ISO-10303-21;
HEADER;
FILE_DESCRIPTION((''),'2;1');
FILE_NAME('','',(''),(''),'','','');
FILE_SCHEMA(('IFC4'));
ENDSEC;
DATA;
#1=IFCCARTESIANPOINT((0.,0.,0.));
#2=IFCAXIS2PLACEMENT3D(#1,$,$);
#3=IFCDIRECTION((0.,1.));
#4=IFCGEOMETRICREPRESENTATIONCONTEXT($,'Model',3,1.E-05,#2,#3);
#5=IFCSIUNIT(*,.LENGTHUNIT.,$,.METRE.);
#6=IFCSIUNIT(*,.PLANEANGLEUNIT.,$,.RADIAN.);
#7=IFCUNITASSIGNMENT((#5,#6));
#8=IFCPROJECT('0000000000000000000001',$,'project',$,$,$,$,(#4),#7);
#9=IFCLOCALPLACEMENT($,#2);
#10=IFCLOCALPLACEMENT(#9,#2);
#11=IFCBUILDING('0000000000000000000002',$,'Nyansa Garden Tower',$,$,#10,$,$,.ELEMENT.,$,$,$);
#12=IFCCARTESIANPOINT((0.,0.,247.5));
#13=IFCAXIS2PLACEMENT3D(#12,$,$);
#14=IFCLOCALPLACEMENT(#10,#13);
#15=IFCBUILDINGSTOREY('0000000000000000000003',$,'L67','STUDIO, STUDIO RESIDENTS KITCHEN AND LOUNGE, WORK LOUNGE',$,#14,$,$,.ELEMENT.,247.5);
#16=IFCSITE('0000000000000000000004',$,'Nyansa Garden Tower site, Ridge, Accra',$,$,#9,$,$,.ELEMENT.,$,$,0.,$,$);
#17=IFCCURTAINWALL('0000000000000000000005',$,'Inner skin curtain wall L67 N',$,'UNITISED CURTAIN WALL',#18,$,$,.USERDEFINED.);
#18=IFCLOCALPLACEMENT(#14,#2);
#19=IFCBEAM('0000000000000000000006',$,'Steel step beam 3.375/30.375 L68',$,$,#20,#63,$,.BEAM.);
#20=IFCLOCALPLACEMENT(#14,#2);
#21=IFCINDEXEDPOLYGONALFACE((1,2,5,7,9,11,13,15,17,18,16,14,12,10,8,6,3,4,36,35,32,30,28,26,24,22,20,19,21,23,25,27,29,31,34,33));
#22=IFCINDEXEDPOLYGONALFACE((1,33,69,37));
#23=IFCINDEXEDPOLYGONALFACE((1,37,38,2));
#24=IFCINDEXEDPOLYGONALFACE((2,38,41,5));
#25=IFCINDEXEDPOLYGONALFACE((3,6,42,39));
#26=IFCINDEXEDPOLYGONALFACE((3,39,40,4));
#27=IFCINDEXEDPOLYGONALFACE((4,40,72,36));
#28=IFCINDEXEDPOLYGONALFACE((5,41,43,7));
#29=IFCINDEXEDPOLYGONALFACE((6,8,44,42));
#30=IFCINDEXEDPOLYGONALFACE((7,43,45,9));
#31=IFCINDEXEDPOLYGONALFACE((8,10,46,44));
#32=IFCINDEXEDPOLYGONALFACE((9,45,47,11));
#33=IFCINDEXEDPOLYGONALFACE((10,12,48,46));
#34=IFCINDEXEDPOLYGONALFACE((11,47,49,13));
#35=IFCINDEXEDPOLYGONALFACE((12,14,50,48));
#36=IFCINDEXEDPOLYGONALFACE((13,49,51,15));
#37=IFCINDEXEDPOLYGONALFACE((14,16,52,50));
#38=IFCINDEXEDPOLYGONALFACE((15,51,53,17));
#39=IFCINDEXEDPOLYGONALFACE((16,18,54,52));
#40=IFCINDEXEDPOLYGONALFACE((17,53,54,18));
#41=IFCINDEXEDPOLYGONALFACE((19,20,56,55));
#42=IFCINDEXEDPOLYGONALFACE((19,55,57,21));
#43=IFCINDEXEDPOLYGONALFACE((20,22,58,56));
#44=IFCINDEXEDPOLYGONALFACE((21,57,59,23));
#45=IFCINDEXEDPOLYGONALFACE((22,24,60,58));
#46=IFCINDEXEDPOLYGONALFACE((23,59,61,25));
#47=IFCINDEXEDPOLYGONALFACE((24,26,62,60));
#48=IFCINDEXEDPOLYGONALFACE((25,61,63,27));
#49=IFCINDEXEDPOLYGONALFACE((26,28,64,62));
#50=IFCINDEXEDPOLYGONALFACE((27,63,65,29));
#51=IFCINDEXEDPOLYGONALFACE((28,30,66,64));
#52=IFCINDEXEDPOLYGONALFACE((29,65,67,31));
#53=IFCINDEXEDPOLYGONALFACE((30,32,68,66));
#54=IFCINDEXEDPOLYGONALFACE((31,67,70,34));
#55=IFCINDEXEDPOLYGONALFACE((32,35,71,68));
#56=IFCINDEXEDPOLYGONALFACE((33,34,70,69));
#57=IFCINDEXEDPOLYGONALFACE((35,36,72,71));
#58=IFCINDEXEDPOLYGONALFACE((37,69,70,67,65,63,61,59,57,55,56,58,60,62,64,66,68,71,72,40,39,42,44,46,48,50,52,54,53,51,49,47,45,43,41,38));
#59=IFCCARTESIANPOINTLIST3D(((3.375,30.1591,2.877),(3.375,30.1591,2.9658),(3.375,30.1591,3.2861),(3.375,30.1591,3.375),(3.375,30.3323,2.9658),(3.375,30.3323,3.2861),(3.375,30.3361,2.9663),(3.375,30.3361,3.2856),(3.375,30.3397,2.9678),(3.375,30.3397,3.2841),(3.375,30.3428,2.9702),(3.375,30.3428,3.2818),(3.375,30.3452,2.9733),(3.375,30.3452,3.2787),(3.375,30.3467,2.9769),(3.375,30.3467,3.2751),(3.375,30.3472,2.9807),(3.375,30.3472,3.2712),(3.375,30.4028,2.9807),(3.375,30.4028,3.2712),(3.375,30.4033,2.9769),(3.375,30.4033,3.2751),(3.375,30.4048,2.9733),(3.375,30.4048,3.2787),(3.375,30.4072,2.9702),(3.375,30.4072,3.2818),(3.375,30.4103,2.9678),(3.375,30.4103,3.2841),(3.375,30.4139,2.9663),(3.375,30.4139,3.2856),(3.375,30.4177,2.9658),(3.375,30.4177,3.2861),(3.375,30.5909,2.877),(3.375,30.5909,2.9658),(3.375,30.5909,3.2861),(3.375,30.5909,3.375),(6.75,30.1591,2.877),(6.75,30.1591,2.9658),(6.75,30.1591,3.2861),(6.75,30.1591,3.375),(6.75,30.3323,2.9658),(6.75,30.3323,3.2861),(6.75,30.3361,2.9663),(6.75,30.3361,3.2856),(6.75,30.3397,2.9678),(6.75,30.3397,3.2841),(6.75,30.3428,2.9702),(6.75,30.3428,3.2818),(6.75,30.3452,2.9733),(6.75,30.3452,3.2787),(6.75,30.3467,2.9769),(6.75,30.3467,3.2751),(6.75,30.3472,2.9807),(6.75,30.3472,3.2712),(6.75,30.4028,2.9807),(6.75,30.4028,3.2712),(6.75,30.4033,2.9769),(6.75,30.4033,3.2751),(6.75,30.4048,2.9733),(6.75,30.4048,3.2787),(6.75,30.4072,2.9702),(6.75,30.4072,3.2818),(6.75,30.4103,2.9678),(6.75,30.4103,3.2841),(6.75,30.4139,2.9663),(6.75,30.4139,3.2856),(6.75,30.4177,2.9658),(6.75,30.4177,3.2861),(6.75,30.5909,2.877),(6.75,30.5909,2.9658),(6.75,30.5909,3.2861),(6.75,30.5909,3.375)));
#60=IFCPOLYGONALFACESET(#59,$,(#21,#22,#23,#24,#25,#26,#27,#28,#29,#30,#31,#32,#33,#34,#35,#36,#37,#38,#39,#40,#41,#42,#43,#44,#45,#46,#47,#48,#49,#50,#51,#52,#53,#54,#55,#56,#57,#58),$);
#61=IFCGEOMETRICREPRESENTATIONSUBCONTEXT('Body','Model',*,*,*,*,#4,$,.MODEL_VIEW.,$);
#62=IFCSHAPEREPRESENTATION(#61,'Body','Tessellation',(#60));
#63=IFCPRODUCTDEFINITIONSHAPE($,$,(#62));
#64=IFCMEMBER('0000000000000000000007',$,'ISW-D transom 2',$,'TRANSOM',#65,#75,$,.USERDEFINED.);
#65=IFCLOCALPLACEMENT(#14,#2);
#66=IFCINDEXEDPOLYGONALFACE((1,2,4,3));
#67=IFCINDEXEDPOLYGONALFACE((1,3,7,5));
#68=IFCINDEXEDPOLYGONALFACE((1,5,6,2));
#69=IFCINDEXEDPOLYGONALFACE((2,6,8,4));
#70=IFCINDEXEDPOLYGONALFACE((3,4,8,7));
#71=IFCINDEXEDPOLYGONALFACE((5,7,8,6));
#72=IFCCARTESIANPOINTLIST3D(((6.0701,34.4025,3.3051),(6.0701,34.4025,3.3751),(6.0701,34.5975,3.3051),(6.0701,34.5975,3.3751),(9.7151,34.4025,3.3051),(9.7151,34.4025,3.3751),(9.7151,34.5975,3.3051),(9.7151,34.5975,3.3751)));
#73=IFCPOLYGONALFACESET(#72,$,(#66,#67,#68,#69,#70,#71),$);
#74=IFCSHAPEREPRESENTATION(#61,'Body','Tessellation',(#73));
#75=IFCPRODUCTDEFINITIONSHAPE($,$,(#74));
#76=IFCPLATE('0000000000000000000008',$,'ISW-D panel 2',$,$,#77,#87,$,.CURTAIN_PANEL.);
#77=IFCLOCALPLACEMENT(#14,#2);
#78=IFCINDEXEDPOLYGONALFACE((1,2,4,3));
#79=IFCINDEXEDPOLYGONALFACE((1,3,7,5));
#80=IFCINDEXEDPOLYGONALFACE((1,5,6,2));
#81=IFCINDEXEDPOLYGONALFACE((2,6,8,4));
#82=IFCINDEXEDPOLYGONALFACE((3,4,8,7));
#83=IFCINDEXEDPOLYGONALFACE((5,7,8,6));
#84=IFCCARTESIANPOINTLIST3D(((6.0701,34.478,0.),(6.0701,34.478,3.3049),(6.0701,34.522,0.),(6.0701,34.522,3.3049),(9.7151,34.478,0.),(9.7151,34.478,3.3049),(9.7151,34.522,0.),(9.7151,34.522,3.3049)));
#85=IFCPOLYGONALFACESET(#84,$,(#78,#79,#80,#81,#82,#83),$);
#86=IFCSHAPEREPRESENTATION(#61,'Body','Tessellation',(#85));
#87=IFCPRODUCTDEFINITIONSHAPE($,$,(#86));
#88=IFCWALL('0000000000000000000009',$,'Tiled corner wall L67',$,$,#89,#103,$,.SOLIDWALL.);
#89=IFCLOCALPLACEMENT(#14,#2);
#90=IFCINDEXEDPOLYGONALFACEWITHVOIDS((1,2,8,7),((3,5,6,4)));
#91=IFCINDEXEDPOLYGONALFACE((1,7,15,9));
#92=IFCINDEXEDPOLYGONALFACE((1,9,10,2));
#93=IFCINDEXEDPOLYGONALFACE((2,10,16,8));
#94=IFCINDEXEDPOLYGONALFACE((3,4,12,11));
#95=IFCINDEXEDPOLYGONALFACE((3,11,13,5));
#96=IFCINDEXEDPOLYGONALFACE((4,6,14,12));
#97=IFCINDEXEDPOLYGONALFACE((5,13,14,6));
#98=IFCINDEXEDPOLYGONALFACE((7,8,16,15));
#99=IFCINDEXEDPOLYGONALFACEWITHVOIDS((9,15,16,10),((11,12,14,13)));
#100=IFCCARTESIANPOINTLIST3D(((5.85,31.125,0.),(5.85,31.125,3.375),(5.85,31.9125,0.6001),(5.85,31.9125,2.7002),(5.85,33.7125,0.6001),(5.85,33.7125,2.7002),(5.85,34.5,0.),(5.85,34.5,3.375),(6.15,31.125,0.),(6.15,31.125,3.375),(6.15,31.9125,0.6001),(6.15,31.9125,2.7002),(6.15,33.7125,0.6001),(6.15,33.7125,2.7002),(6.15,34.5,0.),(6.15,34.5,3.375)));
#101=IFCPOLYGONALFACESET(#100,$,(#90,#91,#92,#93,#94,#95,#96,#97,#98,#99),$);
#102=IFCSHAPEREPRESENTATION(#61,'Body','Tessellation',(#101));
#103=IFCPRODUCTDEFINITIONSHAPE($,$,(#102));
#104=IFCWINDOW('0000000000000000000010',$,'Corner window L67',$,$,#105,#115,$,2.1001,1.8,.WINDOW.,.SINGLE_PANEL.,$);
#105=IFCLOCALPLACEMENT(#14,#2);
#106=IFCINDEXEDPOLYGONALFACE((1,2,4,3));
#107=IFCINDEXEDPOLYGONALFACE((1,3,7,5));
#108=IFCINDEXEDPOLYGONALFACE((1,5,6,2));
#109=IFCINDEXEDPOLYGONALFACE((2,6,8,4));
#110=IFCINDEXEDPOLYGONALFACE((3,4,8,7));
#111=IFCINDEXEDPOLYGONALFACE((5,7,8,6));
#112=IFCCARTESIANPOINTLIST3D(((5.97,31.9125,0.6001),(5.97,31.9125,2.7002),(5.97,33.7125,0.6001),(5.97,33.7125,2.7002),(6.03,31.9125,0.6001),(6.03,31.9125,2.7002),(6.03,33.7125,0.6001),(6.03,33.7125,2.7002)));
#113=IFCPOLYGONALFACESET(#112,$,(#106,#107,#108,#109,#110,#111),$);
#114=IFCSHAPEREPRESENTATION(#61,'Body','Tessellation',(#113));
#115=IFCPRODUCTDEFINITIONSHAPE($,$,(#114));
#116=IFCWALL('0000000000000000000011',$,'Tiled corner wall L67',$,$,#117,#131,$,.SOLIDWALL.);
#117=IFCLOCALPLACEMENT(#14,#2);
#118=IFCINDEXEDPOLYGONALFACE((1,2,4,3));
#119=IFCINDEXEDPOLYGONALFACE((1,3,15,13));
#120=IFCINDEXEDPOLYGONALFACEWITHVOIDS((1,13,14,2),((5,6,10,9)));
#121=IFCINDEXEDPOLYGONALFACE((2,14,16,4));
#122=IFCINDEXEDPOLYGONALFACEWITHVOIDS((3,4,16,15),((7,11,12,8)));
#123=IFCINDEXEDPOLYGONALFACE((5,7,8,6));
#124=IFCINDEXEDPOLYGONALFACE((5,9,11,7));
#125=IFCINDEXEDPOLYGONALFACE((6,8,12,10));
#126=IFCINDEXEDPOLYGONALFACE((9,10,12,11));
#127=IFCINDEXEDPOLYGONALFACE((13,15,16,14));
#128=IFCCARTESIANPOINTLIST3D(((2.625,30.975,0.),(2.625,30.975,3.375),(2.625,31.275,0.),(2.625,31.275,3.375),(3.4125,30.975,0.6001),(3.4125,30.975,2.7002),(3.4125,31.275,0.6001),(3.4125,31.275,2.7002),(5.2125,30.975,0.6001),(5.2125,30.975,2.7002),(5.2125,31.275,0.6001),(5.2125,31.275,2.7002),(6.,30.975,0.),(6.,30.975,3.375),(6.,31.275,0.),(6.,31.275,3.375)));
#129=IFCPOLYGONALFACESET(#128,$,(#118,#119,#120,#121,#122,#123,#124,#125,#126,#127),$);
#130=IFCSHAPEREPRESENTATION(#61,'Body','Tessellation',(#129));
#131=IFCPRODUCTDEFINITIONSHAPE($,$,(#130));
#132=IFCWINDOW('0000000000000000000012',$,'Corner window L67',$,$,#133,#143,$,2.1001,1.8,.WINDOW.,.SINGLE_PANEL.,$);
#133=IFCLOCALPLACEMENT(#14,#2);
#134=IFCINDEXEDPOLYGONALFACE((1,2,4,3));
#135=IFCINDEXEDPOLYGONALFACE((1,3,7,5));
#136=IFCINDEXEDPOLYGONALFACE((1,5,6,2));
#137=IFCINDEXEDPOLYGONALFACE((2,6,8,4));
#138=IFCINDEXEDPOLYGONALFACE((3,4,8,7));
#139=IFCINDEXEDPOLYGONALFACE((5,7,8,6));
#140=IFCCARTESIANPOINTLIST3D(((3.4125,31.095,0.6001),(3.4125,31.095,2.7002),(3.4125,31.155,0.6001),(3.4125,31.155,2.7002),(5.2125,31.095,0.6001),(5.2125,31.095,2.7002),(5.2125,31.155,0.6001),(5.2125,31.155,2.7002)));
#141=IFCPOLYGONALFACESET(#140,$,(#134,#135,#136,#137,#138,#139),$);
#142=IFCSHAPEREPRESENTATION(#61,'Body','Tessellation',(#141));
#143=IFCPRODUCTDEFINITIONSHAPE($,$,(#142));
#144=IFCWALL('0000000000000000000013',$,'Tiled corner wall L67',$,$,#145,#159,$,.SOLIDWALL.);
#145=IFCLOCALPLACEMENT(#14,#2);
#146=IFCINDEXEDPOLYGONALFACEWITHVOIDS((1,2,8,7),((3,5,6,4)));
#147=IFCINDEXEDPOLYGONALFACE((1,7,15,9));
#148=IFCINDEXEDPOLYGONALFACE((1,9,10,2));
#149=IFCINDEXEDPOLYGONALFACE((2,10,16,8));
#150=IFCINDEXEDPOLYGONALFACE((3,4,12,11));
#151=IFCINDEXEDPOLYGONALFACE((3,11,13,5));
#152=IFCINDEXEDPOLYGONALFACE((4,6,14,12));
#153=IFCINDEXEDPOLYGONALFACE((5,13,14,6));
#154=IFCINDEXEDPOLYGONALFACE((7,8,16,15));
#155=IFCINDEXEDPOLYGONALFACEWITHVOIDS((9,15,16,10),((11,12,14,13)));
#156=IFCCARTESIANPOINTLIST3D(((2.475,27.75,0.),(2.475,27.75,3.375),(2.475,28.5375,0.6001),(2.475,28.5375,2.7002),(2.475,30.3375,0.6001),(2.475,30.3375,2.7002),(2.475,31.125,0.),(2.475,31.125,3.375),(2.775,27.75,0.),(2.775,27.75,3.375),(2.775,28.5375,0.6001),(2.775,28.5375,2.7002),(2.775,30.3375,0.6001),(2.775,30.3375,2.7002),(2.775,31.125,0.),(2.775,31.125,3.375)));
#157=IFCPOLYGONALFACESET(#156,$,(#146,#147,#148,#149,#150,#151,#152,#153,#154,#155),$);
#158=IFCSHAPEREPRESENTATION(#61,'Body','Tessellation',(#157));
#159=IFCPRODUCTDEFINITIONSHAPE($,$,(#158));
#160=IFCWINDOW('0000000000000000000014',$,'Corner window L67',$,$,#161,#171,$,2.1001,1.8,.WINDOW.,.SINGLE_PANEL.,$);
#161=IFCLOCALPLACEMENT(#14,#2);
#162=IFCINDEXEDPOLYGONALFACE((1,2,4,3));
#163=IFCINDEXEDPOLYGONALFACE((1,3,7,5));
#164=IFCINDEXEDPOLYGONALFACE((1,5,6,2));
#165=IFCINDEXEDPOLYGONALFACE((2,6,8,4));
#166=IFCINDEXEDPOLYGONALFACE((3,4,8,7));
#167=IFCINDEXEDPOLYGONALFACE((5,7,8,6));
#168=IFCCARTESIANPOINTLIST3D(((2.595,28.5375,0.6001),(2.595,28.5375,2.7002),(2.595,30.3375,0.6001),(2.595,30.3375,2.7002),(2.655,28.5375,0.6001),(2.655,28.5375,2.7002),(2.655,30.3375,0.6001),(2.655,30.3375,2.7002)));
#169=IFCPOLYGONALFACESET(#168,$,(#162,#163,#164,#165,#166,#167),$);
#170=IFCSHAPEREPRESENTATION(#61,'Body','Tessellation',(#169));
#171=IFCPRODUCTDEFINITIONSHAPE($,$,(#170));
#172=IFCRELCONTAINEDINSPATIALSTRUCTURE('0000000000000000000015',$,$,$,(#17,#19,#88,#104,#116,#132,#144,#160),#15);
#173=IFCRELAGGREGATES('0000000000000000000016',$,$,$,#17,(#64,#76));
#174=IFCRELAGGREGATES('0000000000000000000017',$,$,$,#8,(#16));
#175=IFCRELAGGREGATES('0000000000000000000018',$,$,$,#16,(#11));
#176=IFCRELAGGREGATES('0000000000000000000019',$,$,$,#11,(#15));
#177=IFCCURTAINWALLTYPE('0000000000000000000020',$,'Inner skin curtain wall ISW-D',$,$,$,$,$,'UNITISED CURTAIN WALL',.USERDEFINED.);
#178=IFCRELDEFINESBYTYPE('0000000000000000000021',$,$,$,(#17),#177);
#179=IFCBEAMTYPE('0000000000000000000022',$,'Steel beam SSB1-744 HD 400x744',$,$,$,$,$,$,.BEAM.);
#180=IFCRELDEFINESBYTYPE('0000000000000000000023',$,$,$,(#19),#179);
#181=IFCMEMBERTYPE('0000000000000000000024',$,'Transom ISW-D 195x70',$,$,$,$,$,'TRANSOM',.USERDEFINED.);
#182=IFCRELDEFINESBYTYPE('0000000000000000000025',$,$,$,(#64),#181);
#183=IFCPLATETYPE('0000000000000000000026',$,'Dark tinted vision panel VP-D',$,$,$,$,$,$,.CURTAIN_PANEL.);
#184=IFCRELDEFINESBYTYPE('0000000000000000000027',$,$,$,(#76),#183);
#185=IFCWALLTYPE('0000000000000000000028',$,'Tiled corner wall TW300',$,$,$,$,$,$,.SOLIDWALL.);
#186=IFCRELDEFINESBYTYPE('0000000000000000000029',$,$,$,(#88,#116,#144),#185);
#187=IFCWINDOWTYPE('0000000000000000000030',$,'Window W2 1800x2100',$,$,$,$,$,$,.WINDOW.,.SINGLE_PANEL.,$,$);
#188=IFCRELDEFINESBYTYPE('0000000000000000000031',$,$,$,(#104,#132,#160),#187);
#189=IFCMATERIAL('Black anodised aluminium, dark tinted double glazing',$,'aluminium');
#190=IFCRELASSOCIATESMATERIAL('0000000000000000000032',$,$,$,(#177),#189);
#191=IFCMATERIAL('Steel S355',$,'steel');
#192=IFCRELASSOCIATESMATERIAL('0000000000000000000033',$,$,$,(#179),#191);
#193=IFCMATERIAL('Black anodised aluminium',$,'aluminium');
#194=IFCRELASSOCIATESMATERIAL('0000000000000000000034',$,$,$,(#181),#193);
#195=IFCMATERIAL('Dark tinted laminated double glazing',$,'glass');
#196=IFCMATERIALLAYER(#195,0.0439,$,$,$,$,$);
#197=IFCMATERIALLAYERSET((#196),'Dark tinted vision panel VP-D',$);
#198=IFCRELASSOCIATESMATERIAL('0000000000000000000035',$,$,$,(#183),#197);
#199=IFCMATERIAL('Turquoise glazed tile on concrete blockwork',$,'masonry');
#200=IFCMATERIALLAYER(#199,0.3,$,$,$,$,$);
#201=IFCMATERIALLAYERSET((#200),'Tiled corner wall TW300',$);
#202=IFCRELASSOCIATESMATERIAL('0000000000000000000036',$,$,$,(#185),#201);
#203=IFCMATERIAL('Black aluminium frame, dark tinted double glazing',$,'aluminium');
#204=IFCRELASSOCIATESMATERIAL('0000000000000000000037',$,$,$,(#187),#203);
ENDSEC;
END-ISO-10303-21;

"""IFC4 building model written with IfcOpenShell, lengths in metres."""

from ifc_helpers import new_model, si_unit, direction, frame, frame_2d, origin, origin_2d, place, context, subcontext, project, spatial, rectangle, i_section, extrude, material, layer, layer_set, material_profile, profile_set, type_object, element, fill, aggregate, save


model = new_model("IFC4")

# Units and contexts
model_context = context("Model", 3, precision=1e-05, world=origin(), true_north=direction((0.0, 1.0)))
body_context = subcontext(model_context, "Body", "Model", "MODEL_VIEW")
ifc_project = project(units=[si_unit("LENGTHUNIT", "METRE"), si_unit("PLANEANGLEUNIT", "RADIAN")], contexts=[model_context])

# Site, building, storey
site_placement = place(None, origin())
site = spatial("IfcSite", under=ifc_project, at=site_placement, Name="Nyansa Garden Tower site, Ridge, Accra", CompositionType="ELEMENT", RefElevation=0.0)
building_placement = place(site_placement, origin())
building = spatial("IfcBuilding", under=site, at=building_placement, Name="Nyansa Garden Tower", CompositionType="ELEMENT")
storey_placement = place(building_placement, frame((0.0, 0.0, 247.5)))
storey = spatial("IfcBuildingStorey", under=building, at=storey_placement, Name="L67", Description="STUDIO, STUDIO RESIDENTS KITCHEN AND LOUNGE, WORK LOUNGE", CompositionType="ELEMENT", Elevation=247.5)

# Curtain wall
ifc_material_1 = material(Name="Black anodised aluminium, dark tinted double glazing", Category="aluminium")
curtain_wall_type = type_object("IfcCurtainWallType", Name="Inner skin curtain wall ISW-D", ElementType="UNITISED CURTAIN WALL", PredefinedType="USERDEFINED", material=ifc_material_1)
curtain_wall_1_placement = place(storey_placement, origin())
curtain_wall_1 = element("IfcCurtainWall", 1, at=curtain_wall_1_placement, inside=storey, type_object=curtain_wall_type, Name="Inner skin curtain wall L67 N", ObjectType="UNITISED CURTAIN WALL", PredefinedType="USERDEFINED")

# Beam
ifc_material_2 = material(Name="Steel S355", Category="steel")
ifc_material_profile_1 = material_profile(ifc_material_2, i_section(OverallWidth=0.4319, OverallDepth=0.498, WebThickness=0.0557, FlangeThickness=0.0889, FilletRadius=0.0149, at=origin_2d()), Name="HD 400x744")
ifc_profile_set_1 = profile_set([ifc_material_profile_1], Name="Steel S355")
beam_type_1 = type_object("IfcBeamType", Name="Steel beam SSB1-744 HD 400x744", PredefinedType="BEAM", material=ifc_profile_set_1)
for number, where, z_axis, x_axis, name in (
    (2, (3.375, 30.375, 3.126), (1.0, 0.0, 0.0), (0.0, 1.0, 0.0), "Steel step beam 3.375/30.375 L68"),
):
    element("IfcBeam", number, at=place(storey_placement, frame(where, z_axis=z_axis, x_axis=x_axis)), inside=storey, type_object=beam_type_1, Name=name, PredefinedType="BEAM", context=body_context, shape_type="SweptSolid", body=[
        extrude(i_section(OverallWidth=0.4319, OverallDepth=0.498, WebThickness=0.0557, FlangeThickness=0.0889, FilletRadius=0.0149, at=origin_2d()), origin(), (0.0, 0.0, 1.0), 3.375),
    ])

# Member
ifc_material_3 = material(Name="Black anodised aluminium", Category="aluminium")
ifc_material_profile_2 = material_profile(ifc_material_3, rectangle(XDim=0.1951, YDim=0.0701, at=origin_2d()), Name="Transom 195x70")
ifc_profile_set_2 = profile_set([ifc_material_profile_2], Name="Black anodised aluminium")
member_type_1 = type_object("IfcMemberType", Name="Transom ISW-D 195x70", ElementType="TRANSOM", PredefinedType="USERDEFINED", material=ifc_profile_set_2)
member_1_placement = place(storey_placement, frame((9.7151, 34.5, 3.3401), z_axis=(-1.0, 0.0, 0.0), x_axis=(0.0, -1.0, 0.0)))
member_1 = element("IfcMember", 3, at=member_1_placement, type_object=member_type_1, Name="ISW-D transom 2", ObjectType="TRANSOM", PredefinedType="USERDEFINED", context=body_context, shape_type="SweptSolid", body=[
    extrude(rectangle(XDim=0.1951, YDim=0.0701, at=origin_2d()), origin(), (0.0, 0.0, 1.0), 3.645),
])

# Plate
ifc_material_4 = material(Name="Dark tinted laminated double glazing", Category="glass")
ifc_layer_1 = layer(ifc_material_4, 0.0439)
ifc_layer_set_1 = layer_set([ifc_layer_1], Name="Dark tinted vision panel VP-D")
plate_type = type_object("IfcPlateType", Name="Dark tinted vision panel VP-D", PredefinedType="CURTAIN_PANEL", material=ifc_layer_set_1)
plate_placement = place(storey_placement, frame((7.8926, 34.5, 0.0), z_axis=(0.0, 0.0, 1.0), x_axis=(-1.0, 0.0, 0.0)))
plate = element("IfcPlate", 4, at=plate_placement, type_object=plate_type, Name="ISW-D panel 2", PredefinedType="CURTAIN_PANEL", context=body_context, shape_type="SweptSolid", body=[
    extrude(rectangle(XDim=3.645, YDim=0.0439, at=origin_2d()), origin(), (0.0, 0.0, 1.0), 3.3049),
])
aggregate(curtain_wall_1, [member_1, plate])

# Walls, openings, windows
ifc_material_5 = material(Name="Turquoise glazed tile on concrete blockwork", Category="masonry")
ifc_layer_2 = layer(ifc_material_5, 0.3)
ifc_layer_set_2 = layer_set([ifc_layer_2], Name="Tiled corner wall TW300")
wall_type_1 = type_object("IfcWallType", Name="Tiled corner wall TW300", PredefinedType="SOLIDWALL", material=ifc_layer_set_2)
wall_1_placement = place(storey_placement, frame((6.0, 34.5, 0.0), z_axis=(0.0, 0.0, 1.0), x_axis=(0.0, -1.0, 0.0)))
wall_1 = element("IfcWall", 5, at=wall_1_placement, inside=storey, type_object=wall_type_1, Name="Tiled corner wall L67", PredefinedType="SOLIDWALL", context=body_context, shape_type="SweptSolid", body=[
    extrude(rectangle(XDim=3.375, YDim=0.3, at=frame_2d((1.6875, 0.0))), origin(), (0.0, 0.0, 1.0), 3.375),
])
opening_1_placement = place(wall_1_placement, frame((0.7876, 0.0, 0.6001)))
opening_1 = element("IfcOpeningElement", 6, at=opening_1_placement, cuts=wall_1, PredefinedType="OPENING", context=body_context, shape_type="SweptSolid", body=[
    extrude(rectangle(XDim=1.8, YDim=2.1001, at=frame_2d((0.8999, 1.05))), frame((0.0, 0.1599, 0.0), z_axis=(0.0, -1.0, 0.0), x_axis=(1.0, 0.0, 0.0)), (0.0, 0.0, 1.0), 0.3201),
])
ifc_material_6 = material(Name="Black aluminium frame, dark tinted double glazing", Category="aluminium")
window_type = type_object("IfcWindowType", Name="Window W2 1800x2100", PartitioningType="SINGLE_PANEL", PredefinedType="WINDOW", material=ifc_material_6)
window_1_placement = place(opening_1_placement, origin())
window_1 = element("IfcWindow", 7, at=window_1_placement, inside=storey, type_object=window_type, Name="Corner window L67", OverallHeight=2.1001, OverallWidth=1.8, PartitioningType="SINGLE_PANEL", PredefinedType="WINDOW", context=body_context, shape_type="SweptSolid", body=[
    extrude(rectangle(XDim=1.8, YDim=2.1001, at=frame_2d((0.8999, 1.05))), frame((0.0, 0.03, 0.0), z_axis=(0.0, -1.0, 0.0), x_axis=(1.0, 0.0, 0.0)), (0.0, 0.0, 1.0), 0.0601),
])
fill(opening_1, window_1)
wall_2_placement = place(storey_placement, frame((6.0, 31.125, 0.0), z_axis=(0.0, 0.0, 1.0), x_axis=(-1.0, 0.0, 0.0)))
wall_2 = element("IfcWall", 8, at=wall_2_placement, inside=storey, type_object=wall_type_1, Name="Tiled corner wall L67", PredefinedType="SOLIDWALL", context=body_context, shape_type="SweptSolid", body=[
    extrude(rectangle(XDim=3.375, YDim=0.3, at=frame_2d((1.6875, 0.0))), origin(), (0.0, 0.0, 1.0), 3.375),
])
opening_2_placement = place(wall_2_placement, frame((0.7876, 0.0, 0.6001)))
opening_2 = element("IfcOpeningElement", 9, at=opening_2_placement, cuts=wall_2, PredefinedType="OPENING", context=body_context, shape_type="SweptSolid", body=[
    extrude(rectangle(XDim=1.8, YDim=2.1001, at=frame_2d((0.8999, 1.05))), frame((0.0, 0.1599, 0.0), z_axis=(0.0, -1.0, 0.0), x_axis=(1.0, 0.0, 0.0)), (0.0, 0.0, 1.0), 0.3201),
])
window_2_placement = place(opening_2_placement, origin())
window_2 = element("IfcWindow", 10, at=window_2_placement, inside=storey, type_object=window_type, Name="Corner window L67", OverallHeight=2.1001, OverallWidth=1.8, PartitioningType="SINGLE_PANEL", PredefinedType="WINDOW", context=body_context, shape_type="SweptSolid", body=[
    extrude(rectangle(XDim=1.8, YDim=2.1001, at=frame_2d((0.8999, 1.05))), frame((0.0, 0.03, 0.0), z_axis=(0.0, -1.0, 0.0), x_axis=(1.0, 0.0, 0.0)), (0.0, 0.0, 1.0), 0.0601),
])
fill(opening_2, window_2)
wall_3_placement = place(storey_placement, frame((2.625, 31.125, 0.0), z_axis=(0.0, 0.0, 1.0), x_axis=(0.0, -1.0, 0.0)))
wall_3 = element("IfcWall", 11, at=wall_3_placement, inside=storey, type_object=wall_type_1, Name="Tiled corner wall L67", PredefinedType="SOLIDWALL", context=body_context, shape_type="SweptSolid", body=[
    extrude(rectangle(XDim=3.375, YDim=0.3, at=frame_2d((1.6875, 0.0))), origin(), (0.0, 0.0, 1.0), 3.375),
])
opening_3_placement = place(wall_3_placement, frame((0.7876, 0.0, 0.6001)))
opening_3 = element("IfcOpeningElement", 12, at=opening_3_placement, cuts=wall_3, PredefinedType="OPENING", context=body_context, shape_type="SweptSolid", body=[
    extrude(rectangle(XDim=1.8, YDim=2.1001, at=frame_2d((0.8999, 1.05))), frame((0.0, 0.1599, 0.0), z_axis=(0.0, -1.0, 0.0), x_axis=(1.0, 0.0, 0.0)), (0.0, 0.0, 1.0), 0.3201),
])
window_3_placement = place(opening_3_placement, origin())
window_3 = element("IfcWindow", 13, at=window_3_placement, inside=storey, type_object=window_type, Name="Corner window L67", OverallHeight=2.1001, OverallWidth=1.8, PartitioningType="SINGLE_PANEL", PredefinedType="WINDOW", context=body_context, shape_type="SweptSolid", body=[
    extrude(rectangle(XDim=1.8, YDim=2.1001, at=frame_2d((0.8999, 1.05))), frame((0.0, 0.03, 0.0), z_axis=(0.0, -1.0, 0.0), x_axis=(1.0, 0.0, 0.0)), (0.0, 0.0, 1.0), 0.0601),
])
fill(opening_3, window_3)

save(model, "model.ifc")
